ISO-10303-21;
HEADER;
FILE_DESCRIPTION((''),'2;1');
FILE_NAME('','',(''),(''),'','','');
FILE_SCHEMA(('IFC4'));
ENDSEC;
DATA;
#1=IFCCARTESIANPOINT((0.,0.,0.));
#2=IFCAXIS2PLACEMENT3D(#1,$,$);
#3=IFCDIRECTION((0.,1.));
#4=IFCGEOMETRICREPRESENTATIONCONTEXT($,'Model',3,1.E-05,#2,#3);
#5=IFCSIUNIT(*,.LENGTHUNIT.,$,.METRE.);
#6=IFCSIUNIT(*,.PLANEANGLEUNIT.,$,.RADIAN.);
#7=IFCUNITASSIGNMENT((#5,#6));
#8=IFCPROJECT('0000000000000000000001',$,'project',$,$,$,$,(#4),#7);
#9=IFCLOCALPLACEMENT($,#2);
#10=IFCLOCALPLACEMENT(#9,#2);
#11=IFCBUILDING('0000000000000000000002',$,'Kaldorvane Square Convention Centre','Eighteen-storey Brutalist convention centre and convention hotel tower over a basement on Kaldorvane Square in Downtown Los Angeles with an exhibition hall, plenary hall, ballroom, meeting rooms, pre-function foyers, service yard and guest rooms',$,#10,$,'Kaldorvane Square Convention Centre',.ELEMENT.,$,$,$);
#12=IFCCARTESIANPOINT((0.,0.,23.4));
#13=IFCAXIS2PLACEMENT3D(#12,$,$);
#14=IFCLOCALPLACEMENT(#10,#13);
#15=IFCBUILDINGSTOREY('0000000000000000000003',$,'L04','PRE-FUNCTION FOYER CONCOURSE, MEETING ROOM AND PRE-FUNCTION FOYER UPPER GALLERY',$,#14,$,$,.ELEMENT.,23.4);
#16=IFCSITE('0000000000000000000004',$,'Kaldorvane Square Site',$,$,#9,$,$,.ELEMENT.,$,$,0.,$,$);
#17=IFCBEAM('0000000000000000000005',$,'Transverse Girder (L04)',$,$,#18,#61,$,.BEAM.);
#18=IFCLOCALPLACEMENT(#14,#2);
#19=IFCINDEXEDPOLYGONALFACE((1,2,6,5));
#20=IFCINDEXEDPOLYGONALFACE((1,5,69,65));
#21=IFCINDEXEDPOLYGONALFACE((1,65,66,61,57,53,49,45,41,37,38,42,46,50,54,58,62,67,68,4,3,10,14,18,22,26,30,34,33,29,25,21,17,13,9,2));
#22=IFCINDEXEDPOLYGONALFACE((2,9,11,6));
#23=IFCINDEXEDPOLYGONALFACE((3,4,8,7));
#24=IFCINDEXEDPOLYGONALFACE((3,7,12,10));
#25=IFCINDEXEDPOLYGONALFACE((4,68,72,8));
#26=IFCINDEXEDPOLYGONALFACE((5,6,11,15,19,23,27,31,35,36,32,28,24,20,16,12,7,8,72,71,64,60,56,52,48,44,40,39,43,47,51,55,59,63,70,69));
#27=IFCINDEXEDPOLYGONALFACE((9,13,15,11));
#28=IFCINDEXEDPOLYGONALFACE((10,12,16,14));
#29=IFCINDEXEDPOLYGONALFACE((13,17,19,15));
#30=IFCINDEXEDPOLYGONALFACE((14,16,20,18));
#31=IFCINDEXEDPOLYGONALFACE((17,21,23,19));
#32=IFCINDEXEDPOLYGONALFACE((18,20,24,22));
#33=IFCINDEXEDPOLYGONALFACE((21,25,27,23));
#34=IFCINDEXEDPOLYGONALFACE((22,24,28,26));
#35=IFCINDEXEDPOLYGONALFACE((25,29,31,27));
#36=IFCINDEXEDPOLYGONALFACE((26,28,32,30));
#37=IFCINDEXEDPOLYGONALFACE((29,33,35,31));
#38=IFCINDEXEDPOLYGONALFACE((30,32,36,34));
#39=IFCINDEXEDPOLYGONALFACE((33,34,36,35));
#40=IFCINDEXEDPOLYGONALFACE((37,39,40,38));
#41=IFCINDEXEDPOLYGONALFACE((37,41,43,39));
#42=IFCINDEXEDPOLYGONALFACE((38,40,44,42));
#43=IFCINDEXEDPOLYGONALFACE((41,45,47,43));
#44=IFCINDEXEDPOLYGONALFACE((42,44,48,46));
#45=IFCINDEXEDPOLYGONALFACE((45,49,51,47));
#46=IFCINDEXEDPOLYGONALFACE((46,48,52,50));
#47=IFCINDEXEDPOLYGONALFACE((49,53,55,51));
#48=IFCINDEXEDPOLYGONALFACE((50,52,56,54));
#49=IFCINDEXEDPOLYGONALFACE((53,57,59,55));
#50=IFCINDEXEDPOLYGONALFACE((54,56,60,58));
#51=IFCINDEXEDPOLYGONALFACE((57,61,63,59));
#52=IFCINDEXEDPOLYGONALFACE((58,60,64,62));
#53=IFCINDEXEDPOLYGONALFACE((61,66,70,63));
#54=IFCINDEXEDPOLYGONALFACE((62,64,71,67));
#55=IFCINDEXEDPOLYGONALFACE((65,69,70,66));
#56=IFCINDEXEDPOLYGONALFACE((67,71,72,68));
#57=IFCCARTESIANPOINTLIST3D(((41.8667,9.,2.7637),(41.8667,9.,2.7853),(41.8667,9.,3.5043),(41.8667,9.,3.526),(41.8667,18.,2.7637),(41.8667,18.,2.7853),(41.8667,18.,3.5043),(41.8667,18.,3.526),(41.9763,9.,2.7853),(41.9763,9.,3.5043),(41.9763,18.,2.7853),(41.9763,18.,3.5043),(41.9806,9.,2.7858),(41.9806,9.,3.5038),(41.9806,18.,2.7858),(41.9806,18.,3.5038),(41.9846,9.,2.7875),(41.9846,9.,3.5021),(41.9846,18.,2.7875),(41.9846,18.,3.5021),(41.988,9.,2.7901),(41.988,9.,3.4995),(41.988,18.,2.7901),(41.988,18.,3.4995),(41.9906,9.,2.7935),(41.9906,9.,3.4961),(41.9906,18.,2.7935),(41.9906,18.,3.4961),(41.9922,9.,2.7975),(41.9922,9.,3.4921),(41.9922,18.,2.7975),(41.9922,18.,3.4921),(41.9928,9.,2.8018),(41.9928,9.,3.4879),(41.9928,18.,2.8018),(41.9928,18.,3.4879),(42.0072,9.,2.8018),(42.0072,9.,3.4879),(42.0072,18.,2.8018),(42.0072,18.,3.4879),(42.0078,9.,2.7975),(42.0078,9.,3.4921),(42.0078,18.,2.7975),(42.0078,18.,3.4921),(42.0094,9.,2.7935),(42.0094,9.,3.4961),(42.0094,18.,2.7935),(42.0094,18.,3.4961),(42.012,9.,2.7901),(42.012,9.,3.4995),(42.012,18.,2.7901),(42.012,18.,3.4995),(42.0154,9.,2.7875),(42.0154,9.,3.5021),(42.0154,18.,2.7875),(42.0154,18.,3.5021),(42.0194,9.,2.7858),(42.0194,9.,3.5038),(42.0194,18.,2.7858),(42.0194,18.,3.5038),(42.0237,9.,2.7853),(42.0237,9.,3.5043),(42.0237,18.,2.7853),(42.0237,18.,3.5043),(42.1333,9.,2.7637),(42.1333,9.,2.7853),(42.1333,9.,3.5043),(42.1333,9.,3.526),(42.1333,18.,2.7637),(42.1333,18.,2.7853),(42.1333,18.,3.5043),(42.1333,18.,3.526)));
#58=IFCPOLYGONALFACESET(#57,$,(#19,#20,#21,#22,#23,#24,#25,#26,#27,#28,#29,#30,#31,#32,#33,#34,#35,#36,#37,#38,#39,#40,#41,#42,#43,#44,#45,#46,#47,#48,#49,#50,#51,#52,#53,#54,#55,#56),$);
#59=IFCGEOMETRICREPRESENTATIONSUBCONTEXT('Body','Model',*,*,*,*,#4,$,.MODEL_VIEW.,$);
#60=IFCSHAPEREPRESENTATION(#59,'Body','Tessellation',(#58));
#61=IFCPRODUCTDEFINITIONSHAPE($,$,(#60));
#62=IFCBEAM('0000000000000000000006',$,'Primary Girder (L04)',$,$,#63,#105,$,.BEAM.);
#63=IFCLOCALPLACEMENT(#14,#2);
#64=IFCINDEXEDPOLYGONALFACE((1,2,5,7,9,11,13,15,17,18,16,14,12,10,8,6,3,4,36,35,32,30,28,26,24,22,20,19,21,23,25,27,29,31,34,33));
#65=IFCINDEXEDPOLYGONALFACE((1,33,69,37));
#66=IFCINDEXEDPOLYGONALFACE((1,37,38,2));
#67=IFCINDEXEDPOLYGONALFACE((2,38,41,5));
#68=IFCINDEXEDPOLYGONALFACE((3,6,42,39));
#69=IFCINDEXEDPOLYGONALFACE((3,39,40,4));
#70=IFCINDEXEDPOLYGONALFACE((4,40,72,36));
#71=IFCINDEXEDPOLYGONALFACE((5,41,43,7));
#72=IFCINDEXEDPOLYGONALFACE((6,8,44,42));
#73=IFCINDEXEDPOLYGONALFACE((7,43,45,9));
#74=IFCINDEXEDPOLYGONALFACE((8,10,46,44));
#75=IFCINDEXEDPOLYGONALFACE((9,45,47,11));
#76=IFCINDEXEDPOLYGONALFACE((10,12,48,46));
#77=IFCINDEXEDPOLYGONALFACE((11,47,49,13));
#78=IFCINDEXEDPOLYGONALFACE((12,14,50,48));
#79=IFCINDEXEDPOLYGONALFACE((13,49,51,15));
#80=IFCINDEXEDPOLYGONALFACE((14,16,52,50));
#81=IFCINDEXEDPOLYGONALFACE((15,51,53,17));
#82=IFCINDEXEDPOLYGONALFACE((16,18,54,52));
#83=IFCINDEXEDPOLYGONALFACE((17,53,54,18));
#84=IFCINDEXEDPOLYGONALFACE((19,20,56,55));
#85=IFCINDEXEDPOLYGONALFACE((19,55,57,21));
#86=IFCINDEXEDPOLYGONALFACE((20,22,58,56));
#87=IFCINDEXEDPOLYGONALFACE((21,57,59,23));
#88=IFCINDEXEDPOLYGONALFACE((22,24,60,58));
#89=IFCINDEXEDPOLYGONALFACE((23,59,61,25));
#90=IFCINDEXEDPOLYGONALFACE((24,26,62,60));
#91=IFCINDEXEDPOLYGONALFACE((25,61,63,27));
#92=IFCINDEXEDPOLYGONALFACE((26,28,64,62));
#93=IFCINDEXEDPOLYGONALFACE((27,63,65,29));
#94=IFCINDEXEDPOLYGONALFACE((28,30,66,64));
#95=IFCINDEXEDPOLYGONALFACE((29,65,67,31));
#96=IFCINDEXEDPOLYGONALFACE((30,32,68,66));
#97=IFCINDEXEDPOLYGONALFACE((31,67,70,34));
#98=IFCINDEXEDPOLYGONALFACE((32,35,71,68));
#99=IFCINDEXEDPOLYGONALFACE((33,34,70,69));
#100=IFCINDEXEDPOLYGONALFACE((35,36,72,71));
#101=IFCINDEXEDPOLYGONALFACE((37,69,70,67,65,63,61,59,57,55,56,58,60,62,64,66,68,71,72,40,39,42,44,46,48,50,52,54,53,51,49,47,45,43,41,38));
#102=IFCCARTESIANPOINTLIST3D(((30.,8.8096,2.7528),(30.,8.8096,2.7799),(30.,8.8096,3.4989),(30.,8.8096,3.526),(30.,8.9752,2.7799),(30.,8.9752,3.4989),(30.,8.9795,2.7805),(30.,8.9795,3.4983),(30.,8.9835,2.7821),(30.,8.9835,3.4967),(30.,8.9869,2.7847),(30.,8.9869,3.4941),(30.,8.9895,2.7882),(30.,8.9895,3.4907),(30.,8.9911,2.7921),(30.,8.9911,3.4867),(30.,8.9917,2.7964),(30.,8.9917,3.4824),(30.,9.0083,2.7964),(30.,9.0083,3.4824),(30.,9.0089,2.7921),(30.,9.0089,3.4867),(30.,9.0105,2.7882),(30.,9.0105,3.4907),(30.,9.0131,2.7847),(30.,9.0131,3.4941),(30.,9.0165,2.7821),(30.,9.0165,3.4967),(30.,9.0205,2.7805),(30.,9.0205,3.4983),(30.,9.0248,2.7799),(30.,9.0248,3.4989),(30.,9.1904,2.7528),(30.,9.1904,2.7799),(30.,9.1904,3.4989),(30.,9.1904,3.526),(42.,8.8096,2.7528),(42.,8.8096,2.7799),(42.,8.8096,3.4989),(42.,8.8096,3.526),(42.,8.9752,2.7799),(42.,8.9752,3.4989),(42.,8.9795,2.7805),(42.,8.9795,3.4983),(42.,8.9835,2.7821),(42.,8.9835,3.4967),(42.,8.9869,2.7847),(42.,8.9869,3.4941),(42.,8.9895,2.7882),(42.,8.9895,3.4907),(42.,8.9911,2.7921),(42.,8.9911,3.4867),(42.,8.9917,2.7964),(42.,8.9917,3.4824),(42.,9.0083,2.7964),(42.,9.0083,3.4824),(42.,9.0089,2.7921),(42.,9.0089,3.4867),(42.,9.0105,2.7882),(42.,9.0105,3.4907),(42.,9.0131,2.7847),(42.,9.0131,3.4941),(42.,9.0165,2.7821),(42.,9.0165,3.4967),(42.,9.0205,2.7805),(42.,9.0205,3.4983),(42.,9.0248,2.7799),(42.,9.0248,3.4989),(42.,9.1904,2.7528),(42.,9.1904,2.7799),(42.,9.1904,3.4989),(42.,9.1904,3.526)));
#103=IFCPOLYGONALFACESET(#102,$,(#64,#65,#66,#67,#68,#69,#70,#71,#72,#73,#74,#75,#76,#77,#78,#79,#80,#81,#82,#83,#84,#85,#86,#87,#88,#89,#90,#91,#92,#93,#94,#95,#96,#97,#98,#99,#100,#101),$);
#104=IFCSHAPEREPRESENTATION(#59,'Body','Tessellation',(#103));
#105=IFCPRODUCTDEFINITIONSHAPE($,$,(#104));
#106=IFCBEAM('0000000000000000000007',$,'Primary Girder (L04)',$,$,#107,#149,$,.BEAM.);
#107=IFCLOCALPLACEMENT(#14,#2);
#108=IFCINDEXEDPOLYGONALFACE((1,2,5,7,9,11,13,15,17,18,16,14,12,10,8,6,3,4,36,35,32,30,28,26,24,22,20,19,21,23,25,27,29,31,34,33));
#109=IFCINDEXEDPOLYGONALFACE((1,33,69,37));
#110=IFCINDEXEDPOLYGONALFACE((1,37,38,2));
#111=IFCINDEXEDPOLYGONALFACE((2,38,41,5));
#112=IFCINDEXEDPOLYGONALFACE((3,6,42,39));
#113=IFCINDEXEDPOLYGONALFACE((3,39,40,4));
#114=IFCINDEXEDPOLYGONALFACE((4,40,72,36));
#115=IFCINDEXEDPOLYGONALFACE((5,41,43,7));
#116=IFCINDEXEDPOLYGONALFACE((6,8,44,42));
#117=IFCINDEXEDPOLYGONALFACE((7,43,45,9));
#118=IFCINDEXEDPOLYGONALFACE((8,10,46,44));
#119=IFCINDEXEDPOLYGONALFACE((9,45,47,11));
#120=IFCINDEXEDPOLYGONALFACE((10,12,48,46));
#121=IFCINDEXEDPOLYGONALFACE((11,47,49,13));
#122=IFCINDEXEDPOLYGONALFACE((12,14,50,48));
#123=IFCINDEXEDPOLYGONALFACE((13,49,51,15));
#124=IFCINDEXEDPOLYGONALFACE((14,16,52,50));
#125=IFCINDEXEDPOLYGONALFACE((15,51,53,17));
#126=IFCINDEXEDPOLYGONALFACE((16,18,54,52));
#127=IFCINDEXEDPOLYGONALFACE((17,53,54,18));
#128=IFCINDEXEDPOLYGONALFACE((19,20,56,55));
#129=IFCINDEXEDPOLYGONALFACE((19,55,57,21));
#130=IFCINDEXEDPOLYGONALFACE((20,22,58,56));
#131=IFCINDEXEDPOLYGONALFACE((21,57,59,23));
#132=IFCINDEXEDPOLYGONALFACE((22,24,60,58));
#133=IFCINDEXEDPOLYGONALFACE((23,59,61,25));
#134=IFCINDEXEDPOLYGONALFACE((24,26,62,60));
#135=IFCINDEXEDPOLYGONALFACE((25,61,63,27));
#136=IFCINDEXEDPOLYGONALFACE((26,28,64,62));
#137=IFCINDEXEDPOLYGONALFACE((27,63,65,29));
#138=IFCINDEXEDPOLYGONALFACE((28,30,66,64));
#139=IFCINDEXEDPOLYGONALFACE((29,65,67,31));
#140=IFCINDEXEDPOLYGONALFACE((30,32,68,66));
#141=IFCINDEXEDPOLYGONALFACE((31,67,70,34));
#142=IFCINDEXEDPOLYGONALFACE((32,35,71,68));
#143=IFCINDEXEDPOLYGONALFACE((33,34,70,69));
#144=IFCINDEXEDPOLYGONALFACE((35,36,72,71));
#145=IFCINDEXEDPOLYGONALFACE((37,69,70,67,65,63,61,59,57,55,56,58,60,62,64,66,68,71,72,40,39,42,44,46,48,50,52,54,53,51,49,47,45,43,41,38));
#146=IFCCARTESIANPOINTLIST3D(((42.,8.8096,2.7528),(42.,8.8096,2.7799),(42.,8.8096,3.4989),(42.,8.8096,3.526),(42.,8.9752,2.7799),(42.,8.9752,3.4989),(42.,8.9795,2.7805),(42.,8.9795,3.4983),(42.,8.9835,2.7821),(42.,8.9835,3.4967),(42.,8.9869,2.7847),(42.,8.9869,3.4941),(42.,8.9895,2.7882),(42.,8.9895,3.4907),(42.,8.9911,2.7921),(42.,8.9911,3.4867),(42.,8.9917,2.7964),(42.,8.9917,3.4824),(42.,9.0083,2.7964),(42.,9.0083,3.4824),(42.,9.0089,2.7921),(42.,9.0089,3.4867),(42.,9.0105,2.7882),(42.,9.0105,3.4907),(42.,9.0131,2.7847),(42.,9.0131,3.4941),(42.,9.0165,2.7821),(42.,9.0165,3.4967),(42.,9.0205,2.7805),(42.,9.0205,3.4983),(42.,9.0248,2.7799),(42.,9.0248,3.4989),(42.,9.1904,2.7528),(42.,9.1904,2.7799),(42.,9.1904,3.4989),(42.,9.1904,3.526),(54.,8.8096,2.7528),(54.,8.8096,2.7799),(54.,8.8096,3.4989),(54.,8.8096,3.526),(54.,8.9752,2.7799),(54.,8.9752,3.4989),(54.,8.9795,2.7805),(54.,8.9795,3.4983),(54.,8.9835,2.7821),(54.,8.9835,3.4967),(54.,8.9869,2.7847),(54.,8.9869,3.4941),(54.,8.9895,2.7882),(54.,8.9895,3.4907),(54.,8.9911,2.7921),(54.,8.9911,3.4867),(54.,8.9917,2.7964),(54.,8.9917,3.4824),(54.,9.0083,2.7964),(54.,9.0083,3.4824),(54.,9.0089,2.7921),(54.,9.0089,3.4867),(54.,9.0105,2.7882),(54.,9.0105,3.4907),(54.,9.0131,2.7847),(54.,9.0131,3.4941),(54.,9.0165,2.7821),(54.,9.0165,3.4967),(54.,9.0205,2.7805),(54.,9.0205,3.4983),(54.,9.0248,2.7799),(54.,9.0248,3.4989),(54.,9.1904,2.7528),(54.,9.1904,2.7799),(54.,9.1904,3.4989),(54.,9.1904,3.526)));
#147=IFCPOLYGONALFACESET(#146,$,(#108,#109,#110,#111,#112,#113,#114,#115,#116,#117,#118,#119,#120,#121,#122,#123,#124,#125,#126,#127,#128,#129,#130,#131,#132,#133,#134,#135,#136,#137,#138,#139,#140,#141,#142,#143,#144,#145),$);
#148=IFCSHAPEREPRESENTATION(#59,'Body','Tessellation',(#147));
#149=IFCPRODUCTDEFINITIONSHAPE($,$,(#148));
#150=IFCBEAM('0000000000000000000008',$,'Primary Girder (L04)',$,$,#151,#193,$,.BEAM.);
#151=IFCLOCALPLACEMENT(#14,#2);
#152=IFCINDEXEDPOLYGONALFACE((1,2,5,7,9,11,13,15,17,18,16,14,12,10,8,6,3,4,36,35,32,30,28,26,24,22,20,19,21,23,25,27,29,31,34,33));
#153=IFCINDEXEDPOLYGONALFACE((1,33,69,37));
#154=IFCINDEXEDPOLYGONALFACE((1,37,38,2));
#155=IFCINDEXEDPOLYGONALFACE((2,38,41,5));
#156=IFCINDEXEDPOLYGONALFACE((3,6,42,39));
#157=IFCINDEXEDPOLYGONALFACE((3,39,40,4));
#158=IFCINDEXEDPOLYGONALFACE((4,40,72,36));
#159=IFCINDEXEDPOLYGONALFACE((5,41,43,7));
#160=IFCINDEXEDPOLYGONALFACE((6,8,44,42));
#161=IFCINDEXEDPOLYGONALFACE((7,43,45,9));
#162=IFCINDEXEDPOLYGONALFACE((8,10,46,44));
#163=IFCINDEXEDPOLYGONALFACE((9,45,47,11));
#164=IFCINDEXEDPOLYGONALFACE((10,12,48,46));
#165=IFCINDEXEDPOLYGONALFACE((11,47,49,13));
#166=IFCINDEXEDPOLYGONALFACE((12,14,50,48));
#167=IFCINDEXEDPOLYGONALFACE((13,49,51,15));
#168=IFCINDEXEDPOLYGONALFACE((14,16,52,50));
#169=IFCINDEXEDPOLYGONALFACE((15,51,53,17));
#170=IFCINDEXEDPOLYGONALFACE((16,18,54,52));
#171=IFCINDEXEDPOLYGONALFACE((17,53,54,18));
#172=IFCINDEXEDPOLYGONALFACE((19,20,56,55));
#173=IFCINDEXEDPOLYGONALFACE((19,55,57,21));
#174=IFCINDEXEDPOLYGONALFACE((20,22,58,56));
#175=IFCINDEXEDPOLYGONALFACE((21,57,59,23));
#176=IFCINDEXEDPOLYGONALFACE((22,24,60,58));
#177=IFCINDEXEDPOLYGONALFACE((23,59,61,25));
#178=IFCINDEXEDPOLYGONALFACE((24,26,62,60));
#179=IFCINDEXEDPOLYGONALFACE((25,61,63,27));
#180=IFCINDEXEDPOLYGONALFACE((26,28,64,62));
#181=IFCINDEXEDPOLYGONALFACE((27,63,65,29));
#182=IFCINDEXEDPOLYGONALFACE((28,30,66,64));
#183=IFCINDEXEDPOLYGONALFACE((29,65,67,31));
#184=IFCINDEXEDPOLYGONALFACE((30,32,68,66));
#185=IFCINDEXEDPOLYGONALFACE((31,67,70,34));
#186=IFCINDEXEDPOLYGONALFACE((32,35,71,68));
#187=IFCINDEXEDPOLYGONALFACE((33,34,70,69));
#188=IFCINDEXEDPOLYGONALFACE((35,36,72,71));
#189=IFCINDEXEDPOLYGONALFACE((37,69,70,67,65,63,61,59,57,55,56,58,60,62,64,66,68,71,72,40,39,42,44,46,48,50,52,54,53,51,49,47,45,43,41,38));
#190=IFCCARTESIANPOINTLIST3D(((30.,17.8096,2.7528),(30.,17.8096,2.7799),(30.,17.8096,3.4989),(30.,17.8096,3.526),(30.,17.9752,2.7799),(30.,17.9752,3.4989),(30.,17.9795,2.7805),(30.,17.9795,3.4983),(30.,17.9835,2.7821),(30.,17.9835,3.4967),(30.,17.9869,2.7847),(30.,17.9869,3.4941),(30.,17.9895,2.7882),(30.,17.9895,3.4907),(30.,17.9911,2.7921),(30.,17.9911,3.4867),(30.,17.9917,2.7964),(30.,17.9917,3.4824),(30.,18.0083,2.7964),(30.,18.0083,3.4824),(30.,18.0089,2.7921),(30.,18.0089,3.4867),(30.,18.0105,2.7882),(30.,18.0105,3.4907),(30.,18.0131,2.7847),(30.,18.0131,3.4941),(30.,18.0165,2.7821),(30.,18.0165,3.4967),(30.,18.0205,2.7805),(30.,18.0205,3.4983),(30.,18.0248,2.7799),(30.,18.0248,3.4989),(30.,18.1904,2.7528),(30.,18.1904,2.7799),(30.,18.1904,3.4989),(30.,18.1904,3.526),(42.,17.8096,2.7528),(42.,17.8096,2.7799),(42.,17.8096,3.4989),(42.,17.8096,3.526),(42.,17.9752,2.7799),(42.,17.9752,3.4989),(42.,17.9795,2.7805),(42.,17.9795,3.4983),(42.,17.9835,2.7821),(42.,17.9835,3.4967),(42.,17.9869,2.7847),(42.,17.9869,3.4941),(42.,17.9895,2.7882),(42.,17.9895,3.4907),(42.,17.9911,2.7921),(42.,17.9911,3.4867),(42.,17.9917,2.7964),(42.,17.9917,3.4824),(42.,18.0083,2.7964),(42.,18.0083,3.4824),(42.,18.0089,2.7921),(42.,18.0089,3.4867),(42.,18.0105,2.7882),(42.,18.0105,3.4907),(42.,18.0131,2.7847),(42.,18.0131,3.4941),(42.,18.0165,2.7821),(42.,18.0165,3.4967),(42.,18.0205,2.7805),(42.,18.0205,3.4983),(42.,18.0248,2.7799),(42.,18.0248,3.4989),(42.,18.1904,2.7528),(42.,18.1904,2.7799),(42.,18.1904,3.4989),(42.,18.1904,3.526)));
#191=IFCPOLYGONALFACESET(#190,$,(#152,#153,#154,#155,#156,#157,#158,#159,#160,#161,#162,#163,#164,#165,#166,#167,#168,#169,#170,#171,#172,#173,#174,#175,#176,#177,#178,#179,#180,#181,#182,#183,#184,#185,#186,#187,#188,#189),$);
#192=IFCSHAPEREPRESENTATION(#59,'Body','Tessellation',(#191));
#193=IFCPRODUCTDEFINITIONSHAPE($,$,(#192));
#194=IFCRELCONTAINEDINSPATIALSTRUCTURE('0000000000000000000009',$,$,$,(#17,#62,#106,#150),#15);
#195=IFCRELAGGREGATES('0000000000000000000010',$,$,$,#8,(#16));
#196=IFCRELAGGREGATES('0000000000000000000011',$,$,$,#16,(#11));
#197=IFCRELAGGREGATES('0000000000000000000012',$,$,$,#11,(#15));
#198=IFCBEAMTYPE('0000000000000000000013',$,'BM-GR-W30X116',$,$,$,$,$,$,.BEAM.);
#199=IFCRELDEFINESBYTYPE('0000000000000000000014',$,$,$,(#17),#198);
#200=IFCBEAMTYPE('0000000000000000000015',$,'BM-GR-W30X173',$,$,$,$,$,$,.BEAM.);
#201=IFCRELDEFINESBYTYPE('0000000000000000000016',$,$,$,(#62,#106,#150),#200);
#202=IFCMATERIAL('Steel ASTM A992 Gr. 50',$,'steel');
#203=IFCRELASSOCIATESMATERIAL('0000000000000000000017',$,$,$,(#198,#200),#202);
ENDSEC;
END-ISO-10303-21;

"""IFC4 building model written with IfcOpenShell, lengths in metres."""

from ifc_helpers import new_model, si_unit, direction, frame, origin, origin_2d, place, context, subcontext, project, spatial, i_section, extrude, material, material_profile, profile_set, type_object, element, save


model = new_model("IFC4")

# Units and contexts
model_context = context("Model", 3, precision=1e-05, world=origin(), true_north=direction((0.0, 1.0)))
body_context = subcontext(model_context, "Body", "Model", "MODEL_VIEW")
ifc_project = project(units=[si_unit("LENGTHUNIT", "METRE"), si_unit("PLANEANGLEUNIT", "RADIAN")], contexts=[model_context])

# Site, building, storey
site_placement = place(None, origin())
site = spatial("IfcSite", under=ifc_project, at=site_placement, Name="Kaldorvane Square Site", CompositionType="ELEMENT", RefElevation=0.0)
building_placement = place(site_placement, origin())
building = spatial("IfcBuilding", under=site, at=building_placement, Name="Kaldorvane Square Convention Centre", Description="Eighteen-storey Brutalist convention centre and convention hotel tower over a basement on Kaldorvane Square in Downtown Los Angeles with an exhibition hall, plenary hall, ballroom, meeting rooms, pre-function foyers, service yard and guest rooms", LongName="Kaldorvane Square Convention Centre", CompositionType="ELEMENT")
storey_placement = place(building_placement, frame((0.0, 0.0, 23.4)))
storey = spatial("IfcBuildingStorey", under=building, at=storey_placement, Name="L04", Description="PRE-FUNCTION FOYER CONCOURSE, MEETING ROOM AND PRE-FUNCTION FOYER UPPER GALLERY", CompositionType="ELEMENT", Elevation=23.4)

# Shared definitions
ifc_material_1 = material(Name="Steel ASTM A992 Gr. 50", Category="steel")

# Beams
ifc_material_profile_1 = material_profile(ifc_material_1, i_section(OverallWidth=0.2666, OverallDepth=0.7623, WebThickness=0.0144, FlangeThickness=0.0216, FilletRadius=0.0165, at=origin_2d()), Name="W30X116")
ifc_profile_set_1 = profile_set([ifc_material_profile_1], Name="Steel ASTM A992 Gr. 50")
beam_type_1 = type_object("IfcBeamType", Name="BM-GR-W30X116", PredefinedType="BEAM", material=ifc_profile_set_1)
for number, where, z_axis, x_axis, name in (
    (1, (42.0, 9.0, 3.1448), (0.0, 1.0, 0.0), (-1.0, 0.0, 0.0), "Transverse Girder (L04)"),
):
    element("IfcBeam", number, at=place(storey_placement, frame(where, z_axis=z_axis, x_axis=x_axis)), inside=storey, type_object=beam_type_1, Name=name, PredefinedType="BEAM", context=body_context, shape_type="SweptSolid", body=[
        extrude(i_section(OverallWidth=0.2666, OverallDepth=0.7623, WebThickness=0.0144, FlangeThickness=0.0216, FilletRadius=0.0165, at=origin_2d()), origin(), (0.0, 0.0, 1.0), 9.0),
    ])
ifc_material_profile_2 = material_profile(ifc_material_1, i_section(OverallWidth=0.3807, OverallDepth=0.7732, WebThickness=0.0166, FlangeThickness=0.0271, FilletRadius=0.0165, at=origin_2d()), Name="W30X173")
ifc_profile_set_2 = profile_set([ifc_material_profile_2], Name="Steel ASTM A992 Gr. 50")
beam_type_2 = type_object("IfcBeamType", Name="BM-GR-W30X173", PredefinedType="BEAM", material=ifc_profile_set_2)
for number, where, z_axis, x_axis, name in (
    (2, (30.0, 9.0, 3.1394), (1.0, 0.0, 0.0), (0.0, 1.0, 0.0), "Primary Girder (L04)"),
    (3, (42.0, 9.0, 3.1394), (1.0, 0.0, 0.0), (0.0, 1.0, 0.0), "Primary Girder (L04)"),
    (4, (30.0, 18.0, 3.1394), (1.0, 0.0, 0.0), (0.0, 1.0, 0.0), "Primary Girder (L04)"),
):
    element("IfcBeam", number, at=place(storey_placement, frame(where, z_axis=z_axis, x_axis=x_axis)), inside=storey, type_object=beam_type_2, Name=name, PredefinedType="BEAM", context=body_context, shape_type="SweptSolid", body=[
        extrude(i_section(OverallWidth=0.3807, OverallDepth=0.7732, WebThickness=0.0166, FlangeThickness=0.0271, FilletRadius=0.0165, at=origin_2d()), origin(), (0.0, 0.0, 1.0), 12.0),
    ])

save(model, "model.ifc")
